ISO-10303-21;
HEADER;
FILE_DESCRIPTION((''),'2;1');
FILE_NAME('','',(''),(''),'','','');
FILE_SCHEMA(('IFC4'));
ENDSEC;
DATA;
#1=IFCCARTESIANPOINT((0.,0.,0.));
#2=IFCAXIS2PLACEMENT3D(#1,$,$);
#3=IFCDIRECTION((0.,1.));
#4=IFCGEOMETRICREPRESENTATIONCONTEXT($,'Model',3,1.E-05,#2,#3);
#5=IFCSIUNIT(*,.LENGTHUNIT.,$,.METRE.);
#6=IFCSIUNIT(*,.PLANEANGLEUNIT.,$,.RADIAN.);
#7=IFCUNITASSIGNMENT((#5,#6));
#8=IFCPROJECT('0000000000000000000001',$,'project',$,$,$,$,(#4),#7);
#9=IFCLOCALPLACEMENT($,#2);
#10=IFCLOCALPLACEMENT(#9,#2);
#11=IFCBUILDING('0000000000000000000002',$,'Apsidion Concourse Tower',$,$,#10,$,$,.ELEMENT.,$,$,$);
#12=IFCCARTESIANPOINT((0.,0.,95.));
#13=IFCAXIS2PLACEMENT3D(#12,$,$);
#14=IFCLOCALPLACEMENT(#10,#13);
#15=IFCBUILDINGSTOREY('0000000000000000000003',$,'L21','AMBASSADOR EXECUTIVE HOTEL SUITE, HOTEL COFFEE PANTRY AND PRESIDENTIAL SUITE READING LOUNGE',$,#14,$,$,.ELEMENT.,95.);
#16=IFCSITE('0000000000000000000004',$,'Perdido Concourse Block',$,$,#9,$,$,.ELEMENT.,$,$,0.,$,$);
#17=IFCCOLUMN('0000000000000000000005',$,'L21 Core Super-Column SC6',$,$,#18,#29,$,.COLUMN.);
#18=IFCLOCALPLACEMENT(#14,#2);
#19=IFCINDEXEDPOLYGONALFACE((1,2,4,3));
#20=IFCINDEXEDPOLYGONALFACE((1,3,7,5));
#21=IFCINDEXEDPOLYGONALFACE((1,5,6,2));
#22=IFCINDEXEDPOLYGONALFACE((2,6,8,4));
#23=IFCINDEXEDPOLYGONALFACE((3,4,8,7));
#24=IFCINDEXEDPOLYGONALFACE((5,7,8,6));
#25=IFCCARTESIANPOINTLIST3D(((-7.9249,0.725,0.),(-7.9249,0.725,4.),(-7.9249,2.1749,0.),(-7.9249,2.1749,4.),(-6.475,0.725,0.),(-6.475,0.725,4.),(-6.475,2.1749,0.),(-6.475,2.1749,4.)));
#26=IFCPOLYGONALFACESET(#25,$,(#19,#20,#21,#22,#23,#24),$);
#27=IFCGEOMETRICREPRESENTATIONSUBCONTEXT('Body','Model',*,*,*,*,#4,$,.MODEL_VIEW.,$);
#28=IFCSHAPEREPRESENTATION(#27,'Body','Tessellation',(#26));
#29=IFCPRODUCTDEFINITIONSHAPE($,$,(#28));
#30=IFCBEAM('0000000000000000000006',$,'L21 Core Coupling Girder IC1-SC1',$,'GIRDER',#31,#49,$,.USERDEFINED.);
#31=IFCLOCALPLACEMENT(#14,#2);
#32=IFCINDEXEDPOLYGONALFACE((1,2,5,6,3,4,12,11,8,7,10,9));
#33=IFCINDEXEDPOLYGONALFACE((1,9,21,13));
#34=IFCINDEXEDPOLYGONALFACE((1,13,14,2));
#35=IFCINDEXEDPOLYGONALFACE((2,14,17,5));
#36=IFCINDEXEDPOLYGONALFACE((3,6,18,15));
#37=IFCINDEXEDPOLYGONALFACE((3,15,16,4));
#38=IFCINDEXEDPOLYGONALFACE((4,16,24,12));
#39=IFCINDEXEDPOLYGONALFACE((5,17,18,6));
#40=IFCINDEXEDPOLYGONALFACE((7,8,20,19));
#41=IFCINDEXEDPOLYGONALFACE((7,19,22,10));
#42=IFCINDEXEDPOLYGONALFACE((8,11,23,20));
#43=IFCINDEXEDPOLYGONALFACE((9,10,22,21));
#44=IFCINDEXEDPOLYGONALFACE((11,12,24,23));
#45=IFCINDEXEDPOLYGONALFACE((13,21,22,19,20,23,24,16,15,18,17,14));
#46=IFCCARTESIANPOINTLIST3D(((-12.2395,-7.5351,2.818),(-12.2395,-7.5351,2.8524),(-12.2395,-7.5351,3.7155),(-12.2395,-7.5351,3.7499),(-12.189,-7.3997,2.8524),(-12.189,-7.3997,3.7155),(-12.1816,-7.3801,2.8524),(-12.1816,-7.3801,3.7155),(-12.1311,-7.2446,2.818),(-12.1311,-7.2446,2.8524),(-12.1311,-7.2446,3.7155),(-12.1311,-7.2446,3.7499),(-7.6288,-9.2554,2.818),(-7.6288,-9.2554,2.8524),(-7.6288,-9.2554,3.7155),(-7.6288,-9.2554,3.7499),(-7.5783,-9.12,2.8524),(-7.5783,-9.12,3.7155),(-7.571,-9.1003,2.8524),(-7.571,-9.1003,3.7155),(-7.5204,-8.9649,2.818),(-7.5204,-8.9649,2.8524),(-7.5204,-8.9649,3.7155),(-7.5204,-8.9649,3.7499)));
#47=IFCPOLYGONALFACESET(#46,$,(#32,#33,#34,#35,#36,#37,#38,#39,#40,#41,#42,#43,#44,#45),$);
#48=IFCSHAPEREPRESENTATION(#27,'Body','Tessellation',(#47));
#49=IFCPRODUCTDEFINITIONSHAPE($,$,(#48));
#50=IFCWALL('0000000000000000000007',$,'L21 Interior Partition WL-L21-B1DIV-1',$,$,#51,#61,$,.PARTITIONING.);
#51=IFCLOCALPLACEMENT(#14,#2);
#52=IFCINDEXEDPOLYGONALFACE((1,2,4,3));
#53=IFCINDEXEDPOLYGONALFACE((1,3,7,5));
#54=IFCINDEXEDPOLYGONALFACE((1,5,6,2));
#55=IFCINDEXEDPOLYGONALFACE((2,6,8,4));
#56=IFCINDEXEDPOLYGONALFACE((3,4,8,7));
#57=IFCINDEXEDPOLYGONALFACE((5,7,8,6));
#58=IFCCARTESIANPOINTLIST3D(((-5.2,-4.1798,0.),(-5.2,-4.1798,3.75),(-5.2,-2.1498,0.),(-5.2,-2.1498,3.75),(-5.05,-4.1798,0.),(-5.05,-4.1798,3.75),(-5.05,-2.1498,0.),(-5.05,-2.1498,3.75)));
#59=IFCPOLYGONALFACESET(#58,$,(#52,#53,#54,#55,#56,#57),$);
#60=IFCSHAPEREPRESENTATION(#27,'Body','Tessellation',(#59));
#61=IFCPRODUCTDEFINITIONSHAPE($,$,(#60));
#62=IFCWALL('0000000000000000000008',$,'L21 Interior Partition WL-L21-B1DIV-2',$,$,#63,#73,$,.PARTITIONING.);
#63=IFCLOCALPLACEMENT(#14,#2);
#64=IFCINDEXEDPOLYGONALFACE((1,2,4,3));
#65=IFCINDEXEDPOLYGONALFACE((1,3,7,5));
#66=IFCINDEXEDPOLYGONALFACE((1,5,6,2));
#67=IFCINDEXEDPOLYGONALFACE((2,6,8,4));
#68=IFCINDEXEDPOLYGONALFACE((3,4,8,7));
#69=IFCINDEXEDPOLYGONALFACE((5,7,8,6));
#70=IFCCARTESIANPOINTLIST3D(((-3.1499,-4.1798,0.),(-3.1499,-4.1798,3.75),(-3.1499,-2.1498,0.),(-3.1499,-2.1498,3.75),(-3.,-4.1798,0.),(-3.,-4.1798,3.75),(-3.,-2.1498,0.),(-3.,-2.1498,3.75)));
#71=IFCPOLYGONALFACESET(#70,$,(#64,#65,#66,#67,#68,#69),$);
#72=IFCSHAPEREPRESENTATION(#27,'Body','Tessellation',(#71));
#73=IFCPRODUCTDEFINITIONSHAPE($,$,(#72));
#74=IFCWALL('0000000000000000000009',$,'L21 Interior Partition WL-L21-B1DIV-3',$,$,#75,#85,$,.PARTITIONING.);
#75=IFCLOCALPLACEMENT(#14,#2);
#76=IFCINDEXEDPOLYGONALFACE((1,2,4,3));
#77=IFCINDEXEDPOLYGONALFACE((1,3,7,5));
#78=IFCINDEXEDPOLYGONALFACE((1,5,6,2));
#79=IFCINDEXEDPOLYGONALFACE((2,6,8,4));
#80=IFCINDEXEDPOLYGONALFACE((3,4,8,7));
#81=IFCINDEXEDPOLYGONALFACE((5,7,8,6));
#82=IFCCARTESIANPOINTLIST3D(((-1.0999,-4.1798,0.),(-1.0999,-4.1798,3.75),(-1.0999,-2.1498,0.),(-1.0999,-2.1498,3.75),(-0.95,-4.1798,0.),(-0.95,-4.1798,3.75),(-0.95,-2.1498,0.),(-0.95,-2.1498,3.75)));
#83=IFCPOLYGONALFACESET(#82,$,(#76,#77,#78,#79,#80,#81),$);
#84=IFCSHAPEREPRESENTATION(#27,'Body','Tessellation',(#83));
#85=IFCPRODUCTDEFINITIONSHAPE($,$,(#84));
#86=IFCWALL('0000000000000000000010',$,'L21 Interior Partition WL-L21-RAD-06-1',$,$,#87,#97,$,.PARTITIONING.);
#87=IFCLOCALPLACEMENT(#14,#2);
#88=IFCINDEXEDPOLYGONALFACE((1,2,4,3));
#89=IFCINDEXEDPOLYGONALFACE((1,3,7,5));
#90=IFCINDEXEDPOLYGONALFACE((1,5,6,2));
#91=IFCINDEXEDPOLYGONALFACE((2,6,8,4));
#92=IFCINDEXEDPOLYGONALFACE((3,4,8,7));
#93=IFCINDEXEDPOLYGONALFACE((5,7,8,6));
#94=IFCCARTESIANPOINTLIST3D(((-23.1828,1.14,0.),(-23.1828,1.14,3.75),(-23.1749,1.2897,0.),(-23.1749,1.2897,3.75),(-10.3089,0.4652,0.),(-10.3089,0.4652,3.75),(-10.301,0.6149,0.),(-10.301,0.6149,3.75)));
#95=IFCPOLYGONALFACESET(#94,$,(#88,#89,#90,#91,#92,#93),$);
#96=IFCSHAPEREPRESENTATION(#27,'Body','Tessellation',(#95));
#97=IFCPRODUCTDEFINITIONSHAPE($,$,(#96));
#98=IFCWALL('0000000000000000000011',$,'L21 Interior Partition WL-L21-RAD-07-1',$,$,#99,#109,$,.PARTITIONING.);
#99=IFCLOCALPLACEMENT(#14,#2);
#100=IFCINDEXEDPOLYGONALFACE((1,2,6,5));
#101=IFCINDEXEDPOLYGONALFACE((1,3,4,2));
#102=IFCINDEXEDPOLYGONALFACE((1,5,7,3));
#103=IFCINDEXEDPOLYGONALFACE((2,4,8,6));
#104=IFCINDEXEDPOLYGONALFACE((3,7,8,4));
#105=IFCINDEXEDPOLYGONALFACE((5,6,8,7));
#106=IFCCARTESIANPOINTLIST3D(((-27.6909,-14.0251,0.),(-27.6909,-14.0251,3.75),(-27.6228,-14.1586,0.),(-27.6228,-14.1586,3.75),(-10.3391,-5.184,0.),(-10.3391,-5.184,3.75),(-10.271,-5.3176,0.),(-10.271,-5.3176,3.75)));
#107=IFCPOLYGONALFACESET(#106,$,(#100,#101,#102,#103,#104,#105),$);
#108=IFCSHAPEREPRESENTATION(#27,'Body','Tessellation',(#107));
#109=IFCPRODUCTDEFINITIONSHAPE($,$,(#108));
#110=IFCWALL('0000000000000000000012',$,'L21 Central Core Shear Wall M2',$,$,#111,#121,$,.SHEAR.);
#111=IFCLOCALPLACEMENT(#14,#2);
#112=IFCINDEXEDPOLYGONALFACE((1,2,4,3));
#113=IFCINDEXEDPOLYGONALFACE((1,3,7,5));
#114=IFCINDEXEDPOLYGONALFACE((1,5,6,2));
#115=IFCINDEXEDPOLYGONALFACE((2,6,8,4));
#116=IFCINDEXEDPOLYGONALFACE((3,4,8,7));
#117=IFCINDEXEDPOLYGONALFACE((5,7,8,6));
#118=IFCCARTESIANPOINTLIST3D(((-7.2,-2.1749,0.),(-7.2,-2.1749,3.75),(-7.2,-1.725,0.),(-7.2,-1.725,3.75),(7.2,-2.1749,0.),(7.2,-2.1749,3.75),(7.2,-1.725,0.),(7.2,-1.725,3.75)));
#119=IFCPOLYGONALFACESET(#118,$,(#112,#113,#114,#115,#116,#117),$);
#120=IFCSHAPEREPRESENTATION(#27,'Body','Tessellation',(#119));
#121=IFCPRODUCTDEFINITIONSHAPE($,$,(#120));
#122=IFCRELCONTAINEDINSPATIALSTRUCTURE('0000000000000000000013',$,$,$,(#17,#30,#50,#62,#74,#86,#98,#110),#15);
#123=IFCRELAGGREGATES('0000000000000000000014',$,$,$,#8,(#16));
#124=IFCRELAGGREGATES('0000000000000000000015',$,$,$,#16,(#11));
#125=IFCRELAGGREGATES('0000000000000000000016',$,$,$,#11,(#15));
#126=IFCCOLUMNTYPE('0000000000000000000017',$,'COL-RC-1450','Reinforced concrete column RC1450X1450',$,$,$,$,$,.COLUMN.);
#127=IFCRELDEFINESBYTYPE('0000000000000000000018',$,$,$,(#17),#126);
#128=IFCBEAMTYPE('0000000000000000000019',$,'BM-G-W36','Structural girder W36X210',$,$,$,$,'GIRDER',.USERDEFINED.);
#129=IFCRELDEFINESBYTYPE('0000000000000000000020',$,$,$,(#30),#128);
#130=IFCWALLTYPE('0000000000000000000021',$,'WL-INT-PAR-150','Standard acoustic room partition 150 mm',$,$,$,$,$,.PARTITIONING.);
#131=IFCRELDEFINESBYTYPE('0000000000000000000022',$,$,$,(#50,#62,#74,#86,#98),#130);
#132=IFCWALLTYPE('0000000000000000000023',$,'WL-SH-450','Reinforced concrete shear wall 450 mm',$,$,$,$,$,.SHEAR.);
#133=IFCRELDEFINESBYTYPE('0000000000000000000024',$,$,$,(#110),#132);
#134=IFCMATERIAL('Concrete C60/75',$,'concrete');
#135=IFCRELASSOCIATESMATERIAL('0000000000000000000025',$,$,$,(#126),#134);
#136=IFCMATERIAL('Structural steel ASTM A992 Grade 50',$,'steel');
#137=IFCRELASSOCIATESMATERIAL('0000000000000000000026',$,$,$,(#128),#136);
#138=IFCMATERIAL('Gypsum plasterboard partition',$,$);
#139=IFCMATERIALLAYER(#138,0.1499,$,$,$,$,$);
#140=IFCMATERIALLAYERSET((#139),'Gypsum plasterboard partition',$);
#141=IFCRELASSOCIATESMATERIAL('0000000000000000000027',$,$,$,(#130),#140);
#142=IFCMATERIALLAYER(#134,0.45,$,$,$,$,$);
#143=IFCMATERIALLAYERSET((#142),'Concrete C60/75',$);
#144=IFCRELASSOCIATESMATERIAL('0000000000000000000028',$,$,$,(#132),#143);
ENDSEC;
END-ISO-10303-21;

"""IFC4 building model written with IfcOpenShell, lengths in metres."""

from ifc_helpers import new_model, si_unit, direction, frame, frame_2d, origin, origin_2d, place, context, subcontext, project, spatial, rectangle, i_section, extrude, material, layer, layer_set, material_profile, profile_set, type_object, element, save


model = new_model("IFC4")

# Units and contexts
model_context = context("Model", 3, precision=1e-05, world=origin(), true_north=direction((0.0, 1.0)))
body_context = subcontext(model_context, "Body", "Model", "MODEL_VIEW")
ifc_project = project(units=[si_unit("LENGTHUNIT", "METRE"), si_unit("PLANEANGLEUNIT", "RADIAN")], contexts=[model_context])

# Site, building, storey
site_placement = place(None, origin())
site = spatial("IfcSite", under=ifc_project, at=site_placement, Name="Perdido Concourse Block", CompositionType="ELEMENT", RefElevation=0.0)
building_placement = place(site_placement, origin())
building = spatial("IfcBuilding", under=site, at=building_placement, Name="Apsidion Concourse Tower", CompositionType="ELEMENT")
storey_placement = place(building_placement, frame((0.0, 0.0, 95.0)))
storey = spatial("IfcBuildingStorey", under=building, at=storey_placement, Name="L21", Description="AMBASSADOR EXECUTIVE HOTEL SUITE, HOTEL COFFEE PANTRY AND PRESIDENTIAL SUITE READING LOUNGE", CompositionType="ELEMENT", Elevation=95.0)

# Column
ifc_material_1 = material(Name="Concrete C60/75", Category="concrete")
ifc_material_profile_1 = material_profile(ifc_material_1, rectangle(XDim=1.45, YDim=1.45, at=origin_2d()), Name="RC 1450x1450")
ifc_profile_set_1 = profile_set([ifc_material_profile_1], Name="Concrete C60/75")
column_type = type_object("IfcColumnType", Name="COL-RC-1450", Description="Reinforced concrete column RC1450X1450", PredefinedType="COLUMN", material=ifc_profile_set_1)
column_placement = place(storey_placement, frame((-7.2, 1.45, 0.0), z_axis=(0.0, 0.0, 1.0), x_axis=(1.0, 0.0, 0.0)))
element("IfcColumn", 1, at=column_placement, inside=storey, type_object=column_type, Name="L21 Core Super-Column SC6", PredefinedType="COLUMN", context=body_context, shape_type="SweptSolid", body=[
    extrude(rectangle(XDim=1.45, YDim=1.45, at=origin_2d()), origin(), (0.0, 0.0, 1.0), 4.0),
])

# Beam
ifc_material_2 = material(Name="Structural steel ASTM A992 Grade 50", Category="steel")
ifc_material_profile_2 = material_profile(ifc_material_2, i_section(OverallWidth=0.3101, OverallDepth=0.9319, WebThickness=0.021, FlangeThickness=0.0344, at=origin_2d()), Name="W36X210")
ifc_profile_set_2 = profile_set([ifc_material_profile_2], Name="Structural steel ASTM A992 Grade 50")
beam_type = type_object("IfcBeamType", Name="BM-G-W36", Description="Structural girder W36X210", ElementType="GIRDER", PredefinedType="USERDEFINED", material=ifc_profile_set_2)
beam_placement = place(storey_placement, frame((-12.1853, -7.3899, 3.2839), z_axis=(0.936913, -0.349563, 0.0), x_axis=(0.349563, 0.936913, 0.0)))
element("IfcBeam", 2, at=beam_placement, inside=storey, type_object=beam_type, Name="L21 Core Coupling Girder IC1-SC1", ObjectType="GIRDER", PredefinedType="USERDEFINED", context=body_context, shape_type="SweptSolid", body=[
    extrude(i_section(OverallWidth=0.3101, OverallDepth=0.9319, WebThickness=0.021, FlangeThickness=0.0344, at=origin_2d()), origin(), (0.0, 0.0, 1.0), 4.9211),
])

# Walls
ifc_material_3 = material(Name="Gypsum plasterboard partition")
ifc_layer_1 = layer(ifc_material_3, 0.1499)
ifc_layer_set_1 = layer_set([ifc_layer_1], Name="Gypsum plasterboard partition")
wall_type_1 = type_object("IfcWallType", Name="WL-INT-PAR-150", Description="Standard acoustic room partition 150 mm", PredefinedType="PARTITIONING", material=ifc_layer_set_1)
for number, where, z_axis, x_axis, name in (
    (3, (-5.125, -4.1799, 0.0), (0.0, 0.0, 1.0), (0.0, 1.0, 0.0), "L21 Interior Partition WL-L21-B1DIV-1"),
    (4, (-3.075, -4.1799, 0.0), (0.0, 0.0, 1.0), (0.0, 1.0, 0.0), "L21 Interior Partition WL-L21-B1DIV-2"),
    (5, (-1.0249, -4.1799, 0.0), (0.0, 0.0, 1.0), (0.0, 1.0, 0.0), "L21 Interior Partition WL-L21-B1DIV-3"),
):
    element("IfcWall", number, at=place(storey_placement, frame(where, z_axis=z_axis, x_axis=x_axis)), inside=storey, type_object=wall_type_1, Name=name, PredefinedType="PARTITIONING", context=body_context, shape_type="SweptSolid", body=[
        extrude(rectangle(XDim=2.03, YDim=0.1499, at=frame_2d((1.0151, 0.0))), origin(), (0.0, 0.0, 1.0), 3.75),
    ])
wall_1_placement = place(storey_placement, frame((-10.3049, 0.54, 0.0), z_axis=(0.0, 0.0, 1.0), x_axis=(-0.998629, 0.052344, 0.0)))
element("IfcWall", 6, at=wall_1_placement, inside=storey, type_object=wall_type_1, Name="L21 Interior Partition WL-L21-RAD-06-1", PredefinedType="PARTITIONING", context=body_context, shape_type="SweptSolid", body=[
    extrude(rectangle(XDim=12.8916, YDim=0.1499, at=frame_2d((6.4458, 0.0))), origin(), (0.0, 0.0, 1.0), 3.75),
])
wall_2_placement = place(storey_placement, frame((-10.3049, -5.2507, 0.0), z_axis=(0.0, 0.0, 1.0), x_axis=(-0.891009, -0.453986, 0.0)))
element("IfcWall", 7, at=wall_2_placement, inside=storey, type_object=wall_type_1, Name="L21 Interior Partition WL-L21-RAD-07-1", PredefinedType="PARTITIONING", context=body_context, shape_type="SweptSolid", body=[
    extrude(rectangle(XDim=19.4744, YDim=0.1499, at=frame_2d((9.7373, 0.0))), origin(), (0.0, 0.0, 1.0), 3.75),
])

# Shared definitions
ifc_layer_2 = layer(ifc_material_1, 0.45)
ifc_layer_set_2 = layer_set([ifc_layer_2], Name="Concrete C60/75")
wall_type_2 = type_object("IfcWallType", Name="WL-SH-450", Description="Reinforced concrete shear wall 450 mm", PredefinedType="SHEAR", material=ifc_layer_set_2)

# Wall
wall_3_placement = place(storey_placement, frame((-7.2, -1.95, 0.0), z_axis=(0.0, 0.0, 1.0), x_axis=(1.0, 0.0, 0.0)))
element("IfcWall", 8, at=wall_3_placement, inside=storey, type_object=wall_type_2, Name="L21 Central Core Shear Wall M2", PredefinedType="SHEAR", context=body_context, shape_type="SweptSolid", body=[
    extrude(rectangle(XDim=14.3999, YDim=0.45, at=frame_2d((7.2, 0.0))), origin(), (0.0, 0.0, 1.0), 3.75),
])

save(model, "model.ifc")
